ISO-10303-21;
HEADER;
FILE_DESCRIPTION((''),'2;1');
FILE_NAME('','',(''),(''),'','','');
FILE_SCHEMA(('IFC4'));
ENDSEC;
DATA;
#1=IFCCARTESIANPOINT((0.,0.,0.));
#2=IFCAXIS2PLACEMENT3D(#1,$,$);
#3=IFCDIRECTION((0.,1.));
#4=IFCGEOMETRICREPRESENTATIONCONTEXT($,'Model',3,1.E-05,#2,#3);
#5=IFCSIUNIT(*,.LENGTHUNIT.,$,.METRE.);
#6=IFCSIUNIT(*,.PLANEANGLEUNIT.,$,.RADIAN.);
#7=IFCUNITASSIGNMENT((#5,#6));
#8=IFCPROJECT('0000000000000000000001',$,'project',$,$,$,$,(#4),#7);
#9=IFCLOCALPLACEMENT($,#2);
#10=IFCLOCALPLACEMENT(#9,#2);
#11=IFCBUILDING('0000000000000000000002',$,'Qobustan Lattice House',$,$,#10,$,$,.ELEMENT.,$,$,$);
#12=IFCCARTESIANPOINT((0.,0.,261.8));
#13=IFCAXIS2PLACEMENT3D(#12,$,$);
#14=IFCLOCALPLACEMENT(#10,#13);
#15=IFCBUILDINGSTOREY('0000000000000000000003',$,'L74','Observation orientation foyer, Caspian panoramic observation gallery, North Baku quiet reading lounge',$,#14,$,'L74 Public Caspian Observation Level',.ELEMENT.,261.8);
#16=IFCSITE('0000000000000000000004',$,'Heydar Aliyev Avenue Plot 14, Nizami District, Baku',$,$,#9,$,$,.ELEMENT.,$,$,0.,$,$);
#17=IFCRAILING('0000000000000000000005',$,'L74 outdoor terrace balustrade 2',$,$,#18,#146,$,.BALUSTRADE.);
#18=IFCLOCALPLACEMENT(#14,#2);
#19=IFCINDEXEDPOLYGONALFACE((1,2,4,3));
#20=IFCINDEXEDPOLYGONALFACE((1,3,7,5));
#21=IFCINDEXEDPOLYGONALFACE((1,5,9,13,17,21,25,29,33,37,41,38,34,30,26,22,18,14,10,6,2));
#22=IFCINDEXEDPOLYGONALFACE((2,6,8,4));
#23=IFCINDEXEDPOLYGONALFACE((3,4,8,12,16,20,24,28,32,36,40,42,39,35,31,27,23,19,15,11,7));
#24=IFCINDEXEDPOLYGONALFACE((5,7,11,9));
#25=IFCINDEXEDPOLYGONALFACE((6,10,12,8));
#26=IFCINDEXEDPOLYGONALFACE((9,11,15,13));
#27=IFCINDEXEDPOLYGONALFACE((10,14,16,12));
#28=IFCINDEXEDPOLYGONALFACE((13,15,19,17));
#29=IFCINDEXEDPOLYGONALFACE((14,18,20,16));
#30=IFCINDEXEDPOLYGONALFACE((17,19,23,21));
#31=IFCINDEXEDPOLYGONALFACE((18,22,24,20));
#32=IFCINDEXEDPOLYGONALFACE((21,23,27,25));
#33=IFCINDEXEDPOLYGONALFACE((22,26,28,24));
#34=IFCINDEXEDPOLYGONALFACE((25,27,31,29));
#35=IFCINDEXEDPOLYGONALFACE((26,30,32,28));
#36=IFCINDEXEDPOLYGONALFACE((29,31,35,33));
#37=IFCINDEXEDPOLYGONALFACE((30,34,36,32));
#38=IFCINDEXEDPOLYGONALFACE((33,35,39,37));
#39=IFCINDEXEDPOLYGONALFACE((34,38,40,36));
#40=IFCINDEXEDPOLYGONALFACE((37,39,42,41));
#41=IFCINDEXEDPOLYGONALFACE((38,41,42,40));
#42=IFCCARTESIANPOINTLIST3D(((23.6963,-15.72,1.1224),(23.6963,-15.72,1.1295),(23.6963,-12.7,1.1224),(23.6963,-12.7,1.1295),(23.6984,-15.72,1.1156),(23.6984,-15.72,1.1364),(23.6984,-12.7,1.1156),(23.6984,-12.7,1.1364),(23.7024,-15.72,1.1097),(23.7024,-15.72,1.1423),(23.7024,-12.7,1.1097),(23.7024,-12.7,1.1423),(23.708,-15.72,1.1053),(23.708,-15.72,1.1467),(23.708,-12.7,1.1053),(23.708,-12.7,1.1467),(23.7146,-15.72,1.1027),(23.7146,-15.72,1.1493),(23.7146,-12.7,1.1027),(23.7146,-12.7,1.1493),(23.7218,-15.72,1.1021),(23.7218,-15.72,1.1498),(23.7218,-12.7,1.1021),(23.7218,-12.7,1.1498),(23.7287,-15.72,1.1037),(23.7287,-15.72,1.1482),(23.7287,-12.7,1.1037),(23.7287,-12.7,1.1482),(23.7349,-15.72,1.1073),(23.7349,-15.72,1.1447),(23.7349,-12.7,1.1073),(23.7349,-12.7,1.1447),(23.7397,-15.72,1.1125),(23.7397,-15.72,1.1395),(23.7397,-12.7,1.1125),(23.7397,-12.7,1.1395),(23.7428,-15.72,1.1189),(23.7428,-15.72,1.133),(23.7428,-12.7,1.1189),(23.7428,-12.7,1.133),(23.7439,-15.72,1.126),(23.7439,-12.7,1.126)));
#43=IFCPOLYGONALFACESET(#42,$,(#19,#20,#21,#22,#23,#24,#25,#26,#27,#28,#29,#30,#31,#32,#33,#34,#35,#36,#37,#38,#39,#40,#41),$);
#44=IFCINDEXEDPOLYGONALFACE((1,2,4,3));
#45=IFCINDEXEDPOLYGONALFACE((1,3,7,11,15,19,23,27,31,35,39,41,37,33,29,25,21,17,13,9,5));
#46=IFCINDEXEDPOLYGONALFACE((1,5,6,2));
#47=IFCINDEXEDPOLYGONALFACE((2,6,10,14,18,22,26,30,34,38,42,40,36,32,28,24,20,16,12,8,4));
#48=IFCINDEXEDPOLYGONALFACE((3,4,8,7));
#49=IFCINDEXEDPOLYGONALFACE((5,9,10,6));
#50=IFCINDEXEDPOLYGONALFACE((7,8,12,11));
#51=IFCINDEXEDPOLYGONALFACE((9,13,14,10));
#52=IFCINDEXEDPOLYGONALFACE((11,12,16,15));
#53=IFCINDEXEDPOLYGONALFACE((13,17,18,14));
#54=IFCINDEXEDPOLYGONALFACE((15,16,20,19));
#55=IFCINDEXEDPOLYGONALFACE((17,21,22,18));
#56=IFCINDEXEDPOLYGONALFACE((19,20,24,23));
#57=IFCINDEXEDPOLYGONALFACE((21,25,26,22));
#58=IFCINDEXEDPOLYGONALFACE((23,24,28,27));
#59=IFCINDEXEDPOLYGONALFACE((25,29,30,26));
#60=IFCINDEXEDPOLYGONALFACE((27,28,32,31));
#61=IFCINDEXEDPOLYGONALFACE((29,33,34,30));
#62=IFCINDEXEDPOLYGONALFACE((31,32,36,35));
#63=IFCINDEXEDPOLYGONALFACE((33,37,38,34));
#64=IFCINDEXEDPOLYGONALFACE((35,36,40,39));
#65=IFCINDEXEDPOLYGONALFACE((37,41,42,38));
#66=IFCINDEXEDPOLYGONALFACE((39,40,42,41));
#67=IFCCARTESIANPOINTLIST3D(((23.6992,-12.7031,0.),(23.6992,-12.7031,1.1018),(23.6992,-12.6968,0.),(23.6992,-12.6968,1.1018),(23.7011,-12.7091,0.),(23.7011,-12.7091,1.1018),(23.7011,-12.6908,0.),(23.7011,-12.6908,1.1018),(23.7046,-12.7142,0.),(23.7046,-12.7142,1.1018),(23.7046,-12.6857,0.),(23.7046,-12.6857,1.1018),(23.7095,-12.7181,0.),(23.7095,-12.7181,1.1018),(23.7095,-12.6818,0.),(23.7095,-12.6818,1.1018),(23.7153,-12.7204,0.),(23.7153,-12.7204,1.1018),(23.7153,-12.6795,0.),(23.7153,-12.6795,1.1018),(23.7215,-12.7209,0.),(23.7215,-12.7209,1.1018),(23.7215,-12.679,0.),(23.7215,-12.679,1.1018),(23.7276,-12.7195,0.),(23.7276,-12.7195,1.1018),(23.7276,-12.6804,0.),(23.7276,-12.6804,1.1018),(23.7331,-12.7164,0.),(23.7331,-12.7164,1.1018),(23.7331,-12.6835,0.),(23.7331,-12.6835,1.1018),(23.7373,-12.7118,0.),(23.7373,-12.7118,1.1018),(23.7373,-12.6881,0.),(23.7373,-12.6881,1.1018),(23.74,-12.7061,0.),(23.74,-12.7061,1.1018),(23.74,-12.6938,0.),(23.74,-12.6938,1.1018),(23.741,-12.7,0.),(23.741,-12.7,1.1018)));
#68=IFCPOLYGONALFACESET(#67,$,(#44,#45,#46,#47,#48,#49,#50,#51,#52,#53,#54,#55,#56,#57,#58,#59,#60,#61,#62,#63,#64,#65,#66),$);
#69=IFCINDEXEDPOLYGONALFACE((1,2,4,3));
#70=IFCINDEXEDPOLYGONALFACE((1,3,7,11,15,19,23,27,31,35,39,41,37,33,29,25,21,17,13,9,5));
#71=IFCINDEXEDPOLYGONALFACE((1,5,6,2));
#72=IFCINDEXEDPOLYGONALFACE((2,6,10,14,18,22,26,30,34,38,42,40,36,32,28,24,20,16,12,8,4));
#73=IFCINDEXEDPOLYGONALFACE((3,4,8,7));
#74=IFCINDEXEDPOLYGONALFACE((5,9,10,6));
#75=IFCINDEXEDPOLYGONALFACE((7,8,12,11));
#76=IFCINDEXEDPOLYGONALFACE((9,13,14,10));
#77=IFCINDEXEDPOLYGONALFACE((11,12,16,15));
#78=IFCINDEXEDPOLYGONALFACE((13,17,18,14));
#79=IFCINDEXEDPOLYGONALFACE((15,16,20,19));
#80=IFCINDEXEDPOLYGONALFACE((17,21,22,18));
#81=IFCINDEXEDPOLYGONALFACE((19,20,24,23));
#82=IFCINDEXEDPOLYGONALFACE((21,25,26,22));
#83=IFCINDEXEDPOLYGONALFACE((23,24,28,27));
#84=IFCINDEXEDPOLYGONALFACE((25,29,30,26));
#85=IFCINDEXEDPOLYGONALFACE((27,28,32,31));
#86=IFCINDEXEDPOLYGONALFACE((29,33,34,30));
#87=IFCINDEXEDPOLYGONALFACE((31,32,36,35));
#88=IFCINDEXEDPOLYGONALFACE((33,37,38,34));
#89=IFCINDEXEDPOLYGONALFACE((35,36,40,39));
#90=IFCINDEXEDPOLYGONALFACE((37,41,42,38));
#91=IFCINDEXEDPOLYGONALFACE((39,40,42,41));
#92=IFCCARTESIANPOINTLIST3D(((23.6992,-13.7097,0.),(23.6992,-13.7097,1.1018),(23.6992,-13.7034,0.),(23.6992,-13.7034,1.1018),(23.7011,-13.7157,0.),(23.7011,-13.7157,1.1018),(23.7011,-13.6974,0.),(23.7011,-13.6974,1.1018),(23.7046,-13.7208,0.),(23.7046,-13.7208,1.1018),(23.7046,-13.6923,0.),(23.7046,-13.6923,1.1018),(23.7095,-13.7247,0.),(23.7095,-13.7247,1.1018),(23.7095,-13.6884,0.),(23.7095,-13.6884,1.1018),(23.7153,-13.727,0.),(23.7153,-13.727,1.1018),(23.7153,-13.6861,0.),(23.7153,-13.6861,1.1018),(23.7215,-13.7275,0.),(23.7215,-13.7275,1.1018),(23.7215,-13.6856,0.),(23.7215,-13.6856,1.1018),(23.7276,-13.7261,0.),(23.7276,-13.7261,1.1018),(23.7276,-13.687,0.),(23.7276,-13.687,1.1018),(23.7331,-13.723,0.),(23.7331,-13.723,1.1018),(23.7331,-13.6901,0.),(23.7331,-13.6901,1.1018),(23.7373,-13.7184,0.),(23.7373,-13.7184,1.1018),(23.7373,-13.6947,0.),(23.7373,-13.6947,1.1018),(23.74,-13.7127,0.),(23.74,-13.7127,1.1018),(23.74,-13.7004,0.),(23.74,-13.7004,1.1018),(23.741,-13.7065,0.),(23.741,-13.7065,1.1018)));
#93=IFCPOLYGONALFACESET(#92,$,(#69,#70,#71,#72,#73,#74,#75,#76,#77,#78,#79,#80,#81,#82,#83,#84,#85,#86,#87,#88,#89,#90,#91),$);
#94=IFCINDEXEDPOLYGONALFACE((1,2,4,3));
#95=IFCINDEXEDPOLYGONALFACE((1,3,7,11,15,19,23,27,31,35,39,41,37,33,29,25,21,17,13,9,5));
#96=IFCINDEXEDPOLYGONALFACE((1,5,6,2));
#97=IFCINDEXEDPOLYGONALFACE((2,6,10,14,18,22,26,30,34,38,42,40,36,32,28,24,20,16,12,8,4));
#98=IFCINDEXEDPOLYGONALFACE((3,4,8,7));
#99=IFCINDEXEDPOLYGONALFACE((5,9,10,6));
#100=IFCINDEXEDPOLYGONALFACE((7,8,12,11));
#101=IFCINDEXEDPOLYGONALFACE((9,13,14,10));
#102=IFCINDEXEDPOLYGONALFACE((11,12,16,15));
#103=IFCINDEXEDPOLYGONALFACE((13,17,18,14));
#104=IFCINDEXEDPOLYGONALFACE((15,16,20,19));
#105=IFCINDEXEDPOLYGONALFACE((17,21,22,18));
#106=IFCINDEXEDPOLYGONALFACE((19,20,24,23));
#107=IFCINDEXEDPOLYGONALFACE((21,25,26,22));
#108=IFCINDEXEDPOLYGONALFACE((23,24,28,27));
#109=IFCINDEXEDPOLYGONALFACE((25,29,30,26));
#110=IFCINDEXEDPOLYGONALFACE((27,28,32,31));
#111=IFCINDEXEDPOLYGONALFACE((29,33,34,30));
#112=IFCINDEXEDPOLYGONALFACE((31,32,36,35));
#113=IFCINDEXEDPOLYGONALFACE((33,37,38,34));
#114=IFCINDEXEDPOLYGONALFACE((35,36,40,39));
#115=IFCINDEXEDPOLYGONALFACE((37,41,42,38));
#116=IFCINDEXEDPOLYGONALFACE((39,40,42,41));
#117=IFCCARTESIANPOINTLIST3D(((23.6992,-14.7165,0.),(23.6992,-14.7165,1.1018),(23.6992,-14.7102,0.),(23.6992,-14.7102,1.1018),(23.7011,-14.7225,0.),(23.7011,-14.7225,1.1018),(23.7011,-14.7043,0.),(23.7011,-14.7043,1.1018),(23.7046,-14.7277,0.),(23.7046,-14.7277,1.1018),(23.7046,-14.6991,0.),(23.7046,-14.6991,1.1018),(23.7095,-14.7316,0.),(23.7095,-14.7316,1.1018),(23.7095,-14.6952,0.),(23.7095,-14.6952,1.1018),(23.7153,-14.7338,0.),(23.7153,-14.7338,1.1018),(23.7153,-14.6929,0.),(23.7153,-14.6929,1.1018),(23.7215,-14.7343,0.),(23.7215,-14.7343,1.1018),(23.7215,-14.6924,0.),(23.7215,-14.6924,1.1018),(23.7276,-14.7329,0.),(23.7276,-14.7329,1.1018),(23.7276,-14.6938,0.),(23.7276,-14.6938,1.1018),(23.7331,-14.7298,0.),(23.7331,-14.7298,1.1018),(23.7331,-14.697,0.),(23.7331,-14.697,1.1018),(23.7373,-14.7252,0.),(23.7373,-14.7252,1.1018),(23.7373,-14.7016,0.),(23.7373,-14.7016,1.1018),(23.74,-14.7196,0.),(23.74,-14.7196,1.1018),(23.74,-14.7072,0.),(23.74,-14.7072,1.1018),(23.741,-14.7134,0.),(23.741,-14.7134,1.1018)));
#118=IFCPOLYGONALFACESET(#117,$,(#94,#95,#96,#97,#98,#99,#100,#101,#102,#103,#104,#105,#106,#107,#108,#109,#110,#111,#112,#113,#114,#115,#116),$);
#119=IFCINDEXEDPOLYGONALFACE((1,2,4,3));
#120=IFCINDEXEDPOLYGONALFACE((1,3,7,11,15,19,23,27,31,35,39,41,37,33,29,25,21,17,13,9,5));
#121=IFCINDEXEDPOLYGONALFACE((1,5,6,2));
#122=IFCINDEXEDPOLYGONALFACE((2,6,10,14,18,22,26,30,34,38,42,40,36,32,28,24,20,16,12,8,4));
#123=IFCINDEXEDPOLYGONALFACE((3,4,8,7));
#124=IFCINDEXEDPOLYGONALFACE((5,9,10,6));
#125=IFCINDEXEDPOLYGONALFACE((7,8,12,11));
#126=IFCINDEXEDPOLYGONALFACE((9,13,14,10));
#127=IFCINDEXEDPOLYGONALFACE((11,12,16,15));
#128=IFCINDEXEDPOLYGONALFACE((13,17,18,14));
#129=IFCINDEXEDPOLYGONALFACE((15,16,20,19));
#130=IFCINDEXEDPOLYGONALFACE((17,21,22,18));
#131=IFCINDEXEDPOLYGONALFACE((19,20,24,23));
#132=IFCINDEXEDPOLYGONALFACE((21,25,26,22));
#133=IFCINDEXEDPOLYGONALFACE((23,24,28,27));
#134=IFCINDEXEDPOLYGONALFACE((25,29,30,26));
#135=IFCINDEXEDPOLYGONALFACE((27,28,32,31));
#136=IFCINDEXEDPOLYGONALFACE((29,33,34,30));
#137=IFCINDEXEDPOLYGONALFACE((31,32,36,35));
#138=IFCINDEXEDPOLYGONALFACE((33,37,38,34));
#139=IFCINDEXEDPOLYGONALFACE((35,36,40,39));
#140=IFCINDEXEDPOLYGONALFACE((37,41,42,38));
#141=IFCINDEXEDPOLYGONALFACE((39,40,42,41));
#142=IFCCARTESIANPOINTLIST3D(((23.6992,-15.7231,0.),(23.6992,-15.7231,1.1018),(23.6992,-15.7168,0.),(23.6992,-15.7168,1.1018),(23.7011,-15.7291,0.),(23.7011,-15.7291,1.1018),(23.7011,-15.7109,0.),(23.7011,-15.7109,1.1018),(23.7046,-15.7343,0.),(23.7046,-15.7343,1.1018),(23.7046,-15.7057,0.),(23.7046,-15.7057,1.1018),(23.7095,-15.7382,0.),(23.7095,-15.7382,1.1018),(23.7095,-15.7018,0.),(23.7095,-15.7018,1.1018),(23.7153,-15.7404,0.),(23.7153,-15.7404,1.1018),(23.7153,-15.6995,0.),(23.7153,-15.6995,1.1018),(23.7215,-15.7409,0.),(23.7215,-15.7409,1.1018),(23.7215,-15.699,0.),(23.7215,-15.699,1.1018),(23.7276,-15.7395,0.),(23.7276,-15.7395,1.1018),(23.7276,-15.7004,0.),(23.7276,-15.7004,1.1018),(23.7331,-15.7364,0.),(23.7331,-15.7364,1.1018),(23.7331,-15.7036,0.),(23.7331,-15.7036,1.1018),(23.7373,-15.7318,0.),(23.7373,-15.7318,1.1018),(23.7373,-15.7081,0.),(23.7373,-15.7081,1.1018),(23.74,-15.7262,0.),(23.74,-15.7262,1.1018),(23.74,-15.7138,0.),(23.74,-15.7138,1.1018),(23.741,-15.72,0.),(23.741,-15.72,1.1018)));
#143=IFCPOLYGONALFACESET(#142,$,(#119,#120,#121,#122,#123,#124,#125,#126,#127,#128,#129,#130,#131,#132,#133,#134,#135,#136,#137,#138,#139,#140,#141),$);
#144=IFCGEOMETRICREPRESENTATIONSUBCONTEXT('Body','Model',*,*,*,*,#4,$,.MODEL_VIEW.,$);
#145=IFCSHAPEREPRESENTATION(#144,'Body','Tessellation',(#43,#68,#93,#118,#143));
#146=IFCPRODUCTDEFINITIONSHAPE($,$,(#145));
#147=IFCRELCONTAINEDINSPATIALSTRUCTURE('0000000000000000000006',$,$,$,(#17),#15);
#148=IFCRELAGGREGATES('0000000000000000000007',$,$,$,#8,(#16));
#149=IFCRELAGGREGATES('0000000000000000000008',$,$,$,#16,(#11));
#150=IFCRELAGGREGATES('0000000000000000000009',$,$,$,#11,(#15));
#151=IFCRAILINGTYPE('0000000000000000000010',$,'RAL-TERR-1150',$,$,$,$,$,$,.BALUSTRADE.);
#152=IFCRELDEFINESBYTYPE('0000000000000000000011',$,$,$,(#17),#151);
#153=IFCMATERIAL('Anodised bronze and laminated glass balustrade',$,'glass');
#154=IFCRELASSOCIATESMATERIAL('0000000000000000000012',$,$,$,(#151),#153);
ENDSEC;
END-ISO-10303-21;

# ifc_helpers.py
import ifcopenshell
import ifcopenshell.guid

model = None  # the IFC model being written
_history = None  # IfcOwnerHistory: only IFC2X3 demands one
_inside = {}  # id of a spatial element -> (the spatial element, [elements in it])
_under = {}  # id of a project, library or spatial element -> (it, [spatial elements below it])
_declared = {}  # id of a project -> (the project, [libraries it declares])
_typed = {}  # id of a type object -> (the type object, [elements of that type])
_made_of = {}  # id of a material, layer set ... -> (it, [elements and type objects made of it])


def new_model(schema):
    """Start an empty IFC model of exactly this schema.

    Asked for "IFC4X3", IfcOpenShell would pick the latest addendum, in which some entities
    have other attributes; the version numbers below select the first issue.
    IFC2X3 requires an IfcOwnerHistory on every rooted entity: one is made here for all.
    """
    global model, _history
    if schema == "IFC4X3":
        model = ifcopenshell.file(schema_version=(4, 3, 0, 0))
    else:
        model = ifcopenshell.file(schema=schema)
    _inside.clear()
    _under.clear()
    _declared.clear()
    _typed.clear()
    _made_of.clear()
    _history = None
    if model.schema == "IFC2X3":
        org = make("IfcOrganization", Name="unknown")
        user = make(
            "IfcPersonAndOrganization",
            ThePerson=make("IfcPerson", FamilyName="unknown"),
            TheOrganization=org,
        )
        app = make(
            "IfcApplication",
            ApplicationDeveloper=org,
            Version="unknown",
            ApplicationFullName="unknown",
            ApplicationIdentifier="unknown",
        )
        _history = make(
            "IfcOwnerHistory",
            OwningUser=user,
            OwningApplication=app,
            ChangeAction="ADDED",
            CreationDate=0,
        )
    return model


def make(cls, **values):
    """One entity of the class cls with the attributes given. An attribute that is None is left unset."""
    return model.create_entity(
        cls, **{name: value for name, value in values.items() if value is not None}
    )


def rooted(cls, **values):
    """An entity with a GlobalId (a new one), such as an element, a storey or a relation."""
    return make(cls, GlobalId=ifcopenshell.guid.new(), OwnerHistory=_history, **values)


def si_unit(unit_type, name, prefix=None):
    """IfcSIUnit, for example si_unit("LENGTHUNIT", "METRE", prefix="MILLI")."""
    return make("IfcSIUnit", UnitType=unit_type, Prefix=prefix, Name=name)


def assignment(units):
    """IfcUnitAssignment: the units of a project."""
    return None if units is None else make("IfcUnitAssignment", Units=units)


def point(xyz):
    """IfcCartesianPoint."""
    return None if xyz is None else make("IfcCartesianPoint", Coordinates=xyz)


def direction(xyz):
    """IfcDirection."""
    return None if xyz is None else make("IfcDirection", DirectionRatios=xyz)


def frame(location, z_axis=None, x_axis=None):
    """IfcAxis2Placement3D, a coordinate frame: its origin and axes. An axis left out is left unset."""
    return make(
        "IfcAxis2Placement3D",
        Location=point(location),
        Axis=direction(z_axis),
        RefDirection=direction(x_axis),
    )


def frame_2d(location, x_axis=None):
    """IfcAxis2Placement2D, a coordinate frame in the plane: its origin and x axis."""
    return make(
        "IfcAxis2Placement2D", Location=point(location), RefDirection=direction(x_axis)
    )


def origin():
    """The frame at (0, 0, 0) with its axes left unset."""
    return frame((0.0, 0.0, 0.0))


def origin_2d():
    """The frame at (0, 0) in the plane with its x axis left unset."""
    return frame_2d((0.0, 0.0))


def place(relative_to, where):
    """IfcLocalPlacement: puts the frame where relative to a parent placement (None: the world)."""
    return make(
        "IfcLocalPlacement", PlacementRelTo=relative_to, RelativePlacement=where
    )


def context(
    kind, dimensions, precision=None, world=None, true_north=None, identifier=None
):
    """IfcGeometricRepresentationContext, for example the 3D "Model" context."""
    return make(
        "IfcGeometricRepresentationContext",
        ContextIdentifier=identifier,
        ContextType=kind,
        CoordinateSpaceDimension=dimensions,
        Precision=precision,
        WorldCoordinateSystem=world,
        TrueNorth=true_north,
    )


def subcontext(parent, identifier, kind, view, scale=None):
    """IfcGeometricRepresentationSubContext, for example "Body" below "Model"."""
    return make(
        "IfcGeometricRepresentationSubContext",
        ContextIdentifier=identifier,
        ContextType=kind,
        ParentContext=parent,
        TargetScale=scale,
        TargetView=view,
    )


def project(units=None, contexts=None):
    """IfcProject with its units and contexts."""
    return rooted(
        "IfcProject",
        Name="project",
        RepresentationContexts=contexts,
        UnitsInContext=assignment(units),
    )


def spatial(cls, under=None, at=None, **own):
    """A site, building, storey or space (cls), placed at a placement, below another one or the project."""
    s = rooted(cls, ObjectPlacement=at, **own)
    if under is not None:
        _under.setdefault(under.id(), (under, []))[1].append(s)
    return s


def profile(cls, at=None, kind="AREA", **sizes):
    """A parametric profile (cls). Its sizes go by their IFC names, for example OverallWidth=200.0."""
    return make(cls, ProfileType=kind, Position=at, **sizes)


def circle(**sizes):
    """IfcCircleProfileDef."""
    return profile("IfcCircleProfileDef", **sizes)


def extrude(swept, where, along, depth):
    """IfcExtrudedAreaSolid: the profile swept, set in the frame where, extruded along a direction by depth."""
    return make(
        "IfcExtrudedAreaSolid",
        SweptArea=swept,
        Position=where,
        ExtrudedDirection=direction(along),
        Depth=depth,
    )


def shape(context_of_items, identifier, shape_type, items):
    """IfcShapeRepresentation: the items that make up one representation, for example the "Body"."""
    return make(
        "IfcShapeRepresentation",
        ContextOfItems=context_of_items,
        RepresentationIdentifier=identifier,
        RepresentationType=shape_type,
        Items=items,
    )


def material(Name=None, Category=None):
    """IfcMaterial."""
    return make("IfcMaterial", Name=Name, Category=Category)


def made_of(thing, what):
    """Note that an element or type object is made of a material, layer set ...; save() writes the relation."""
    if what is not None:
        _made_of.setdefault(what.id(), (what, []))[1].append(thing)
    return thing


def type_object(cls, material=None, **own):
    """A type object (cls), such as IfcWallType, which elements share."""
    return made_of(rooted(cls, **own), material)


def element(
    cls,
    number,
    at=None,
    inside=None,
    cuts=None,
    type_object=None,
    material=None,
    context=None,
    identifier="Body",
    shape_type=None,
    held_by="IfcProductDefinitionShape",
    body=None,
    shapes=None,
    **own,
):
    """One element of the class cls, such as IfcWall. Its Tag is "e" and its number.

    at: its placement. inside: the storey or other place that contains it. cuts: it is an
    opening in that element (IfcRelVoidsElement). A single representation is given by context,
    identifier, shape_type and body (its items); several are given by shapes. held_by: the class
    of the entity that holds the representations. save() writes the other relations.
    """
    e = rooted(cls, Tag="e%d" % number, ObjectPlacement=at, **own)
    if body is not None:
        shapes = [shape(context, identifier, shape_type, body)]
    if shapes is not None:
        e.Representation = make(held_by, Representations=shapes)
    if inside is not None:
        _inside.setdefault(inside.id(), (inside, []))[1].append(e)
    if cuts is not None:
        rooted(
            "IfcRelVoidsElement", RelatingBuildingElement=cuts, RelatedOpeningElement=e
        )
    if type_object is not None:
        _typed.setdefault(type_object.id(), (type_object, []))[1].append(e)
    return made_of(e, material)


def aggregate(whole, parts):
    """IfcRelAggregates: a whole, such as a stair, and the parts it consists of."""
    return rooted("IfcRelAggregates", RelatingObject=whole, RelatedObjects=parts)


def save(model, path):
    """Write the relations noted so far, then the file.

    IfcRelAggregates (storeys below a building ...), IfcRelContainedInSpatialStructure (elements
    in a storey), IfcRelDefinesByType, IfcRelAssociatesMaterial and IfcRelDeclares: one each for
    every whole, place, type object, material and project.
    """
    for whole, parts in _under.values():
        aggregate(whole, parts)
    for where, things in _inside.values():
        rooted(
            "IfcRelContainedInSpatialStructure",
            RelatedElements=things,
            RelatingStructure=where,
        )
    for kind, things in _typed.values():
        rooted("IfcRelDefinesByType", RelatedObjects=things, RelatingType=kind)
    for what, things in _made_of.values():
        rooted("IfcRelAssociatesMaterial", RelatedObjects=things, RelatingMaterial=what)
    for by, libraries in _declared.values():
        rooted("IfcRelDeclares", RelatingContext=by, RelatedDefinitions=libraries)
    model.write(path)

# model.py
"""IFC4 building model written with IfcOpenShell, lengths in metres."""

from ifc_helpers import new_model, si_unit, direction, frame, origin, origin_2d, place, context, subcontext, project, spatial, circle, extrude, material, type_object, element, save


model = new_model("IFC4")

# Units and contexts
model_context = context("Model", 3, precision=1e-05, world=origin(), true_north=direction((0.0, 1.0)))
body_context = subcontext(model_context, "Body", "Model", "MODEL_VIEW")
ifc_project = project(units=[si_unit("LENGTHUNIT", "METRE"), si_unit("PLANEANGLEUNIT", "RADIAN")], contexts=[model_context])

# Site, building, storey
site_placement = place(None, origin())
site = spatial("IfcSite", under=ifc_project, at=site_placement, Name="Heydar Aliyev Avenue Plot 14, Nizami District, Baku", CompositionType="ELEMENT", RefElevation=0.0)
building_placement = place(site_placement, origin())
building = spatial("IfcBuilding", under=site, at=building_placement, Name="Qobustan Lattice House", CompositionType="ELEMENT")
storey_placement = place(building_placement, frame((0.0, 0.0, 261.8)))
storey = spatial("IfcBuildingStorey", under=building, at=storey_placement, Name="L74", Description="Observation orientation foyer, Caspian panoramic observation gallery, North Baku quiet reading lounge", LongName="L74 Public Caspian Observation Level", CompositionType="ELEMENT", Elevation=261.8)

# Railing
ifc_material_1 = material(Name="Anodised bronze and laminated glass balustrade", Category="glass")
railing_type = type_object("IfcRailingType", Name="RAL-TERR-1150", PredefinedType="BALUSTRADE", material=ifc_material_1)
railing_1_placement = place(storey_placement, frame((23.72, -12.7, 0.0)))
element("IfcRailing", 1, at=railing_1_placement, inside=storey, type_object=railing_type, Name="L74 outdoor terrace balustrade 2", PredefinedType="BALUSTRADE", context=body_context, shape_type="SweptSolid", body=[
    extrude(circle(Radius=0.0239, at=origin_2d()), frame((0.0, 0.0, 1.126), z_axis=(0.0, -1.0, 0.0), x_axis=(1.0, 0.0, 0.0)), (0.0, 0.0, 1.0), 3.02),
    extrude(circle(Radius=0.021, at=origin_2d()), origin(), (0.0, 0.0, 1.0), 1.1018),
    extrude(circle(Radius=0.021, at=origin_2d()), frame((0.0, -1.0066, 0.0)), (0.0, 0.0, 1.0), 1.1018),
    extrude(circle(Radius=0.021, at=origin_2d()), frame((0.0, -2.0134, 0.0)), (0.0, 0.0, 1.0), 1.1018),
    extrude(circle(Radius=0.021, at=origin_2d()), frame((0.0, -3.02, 0.0)), (0.0, 0.0, 1.0), 1.1018),
])

save(model, "model.ifc")
